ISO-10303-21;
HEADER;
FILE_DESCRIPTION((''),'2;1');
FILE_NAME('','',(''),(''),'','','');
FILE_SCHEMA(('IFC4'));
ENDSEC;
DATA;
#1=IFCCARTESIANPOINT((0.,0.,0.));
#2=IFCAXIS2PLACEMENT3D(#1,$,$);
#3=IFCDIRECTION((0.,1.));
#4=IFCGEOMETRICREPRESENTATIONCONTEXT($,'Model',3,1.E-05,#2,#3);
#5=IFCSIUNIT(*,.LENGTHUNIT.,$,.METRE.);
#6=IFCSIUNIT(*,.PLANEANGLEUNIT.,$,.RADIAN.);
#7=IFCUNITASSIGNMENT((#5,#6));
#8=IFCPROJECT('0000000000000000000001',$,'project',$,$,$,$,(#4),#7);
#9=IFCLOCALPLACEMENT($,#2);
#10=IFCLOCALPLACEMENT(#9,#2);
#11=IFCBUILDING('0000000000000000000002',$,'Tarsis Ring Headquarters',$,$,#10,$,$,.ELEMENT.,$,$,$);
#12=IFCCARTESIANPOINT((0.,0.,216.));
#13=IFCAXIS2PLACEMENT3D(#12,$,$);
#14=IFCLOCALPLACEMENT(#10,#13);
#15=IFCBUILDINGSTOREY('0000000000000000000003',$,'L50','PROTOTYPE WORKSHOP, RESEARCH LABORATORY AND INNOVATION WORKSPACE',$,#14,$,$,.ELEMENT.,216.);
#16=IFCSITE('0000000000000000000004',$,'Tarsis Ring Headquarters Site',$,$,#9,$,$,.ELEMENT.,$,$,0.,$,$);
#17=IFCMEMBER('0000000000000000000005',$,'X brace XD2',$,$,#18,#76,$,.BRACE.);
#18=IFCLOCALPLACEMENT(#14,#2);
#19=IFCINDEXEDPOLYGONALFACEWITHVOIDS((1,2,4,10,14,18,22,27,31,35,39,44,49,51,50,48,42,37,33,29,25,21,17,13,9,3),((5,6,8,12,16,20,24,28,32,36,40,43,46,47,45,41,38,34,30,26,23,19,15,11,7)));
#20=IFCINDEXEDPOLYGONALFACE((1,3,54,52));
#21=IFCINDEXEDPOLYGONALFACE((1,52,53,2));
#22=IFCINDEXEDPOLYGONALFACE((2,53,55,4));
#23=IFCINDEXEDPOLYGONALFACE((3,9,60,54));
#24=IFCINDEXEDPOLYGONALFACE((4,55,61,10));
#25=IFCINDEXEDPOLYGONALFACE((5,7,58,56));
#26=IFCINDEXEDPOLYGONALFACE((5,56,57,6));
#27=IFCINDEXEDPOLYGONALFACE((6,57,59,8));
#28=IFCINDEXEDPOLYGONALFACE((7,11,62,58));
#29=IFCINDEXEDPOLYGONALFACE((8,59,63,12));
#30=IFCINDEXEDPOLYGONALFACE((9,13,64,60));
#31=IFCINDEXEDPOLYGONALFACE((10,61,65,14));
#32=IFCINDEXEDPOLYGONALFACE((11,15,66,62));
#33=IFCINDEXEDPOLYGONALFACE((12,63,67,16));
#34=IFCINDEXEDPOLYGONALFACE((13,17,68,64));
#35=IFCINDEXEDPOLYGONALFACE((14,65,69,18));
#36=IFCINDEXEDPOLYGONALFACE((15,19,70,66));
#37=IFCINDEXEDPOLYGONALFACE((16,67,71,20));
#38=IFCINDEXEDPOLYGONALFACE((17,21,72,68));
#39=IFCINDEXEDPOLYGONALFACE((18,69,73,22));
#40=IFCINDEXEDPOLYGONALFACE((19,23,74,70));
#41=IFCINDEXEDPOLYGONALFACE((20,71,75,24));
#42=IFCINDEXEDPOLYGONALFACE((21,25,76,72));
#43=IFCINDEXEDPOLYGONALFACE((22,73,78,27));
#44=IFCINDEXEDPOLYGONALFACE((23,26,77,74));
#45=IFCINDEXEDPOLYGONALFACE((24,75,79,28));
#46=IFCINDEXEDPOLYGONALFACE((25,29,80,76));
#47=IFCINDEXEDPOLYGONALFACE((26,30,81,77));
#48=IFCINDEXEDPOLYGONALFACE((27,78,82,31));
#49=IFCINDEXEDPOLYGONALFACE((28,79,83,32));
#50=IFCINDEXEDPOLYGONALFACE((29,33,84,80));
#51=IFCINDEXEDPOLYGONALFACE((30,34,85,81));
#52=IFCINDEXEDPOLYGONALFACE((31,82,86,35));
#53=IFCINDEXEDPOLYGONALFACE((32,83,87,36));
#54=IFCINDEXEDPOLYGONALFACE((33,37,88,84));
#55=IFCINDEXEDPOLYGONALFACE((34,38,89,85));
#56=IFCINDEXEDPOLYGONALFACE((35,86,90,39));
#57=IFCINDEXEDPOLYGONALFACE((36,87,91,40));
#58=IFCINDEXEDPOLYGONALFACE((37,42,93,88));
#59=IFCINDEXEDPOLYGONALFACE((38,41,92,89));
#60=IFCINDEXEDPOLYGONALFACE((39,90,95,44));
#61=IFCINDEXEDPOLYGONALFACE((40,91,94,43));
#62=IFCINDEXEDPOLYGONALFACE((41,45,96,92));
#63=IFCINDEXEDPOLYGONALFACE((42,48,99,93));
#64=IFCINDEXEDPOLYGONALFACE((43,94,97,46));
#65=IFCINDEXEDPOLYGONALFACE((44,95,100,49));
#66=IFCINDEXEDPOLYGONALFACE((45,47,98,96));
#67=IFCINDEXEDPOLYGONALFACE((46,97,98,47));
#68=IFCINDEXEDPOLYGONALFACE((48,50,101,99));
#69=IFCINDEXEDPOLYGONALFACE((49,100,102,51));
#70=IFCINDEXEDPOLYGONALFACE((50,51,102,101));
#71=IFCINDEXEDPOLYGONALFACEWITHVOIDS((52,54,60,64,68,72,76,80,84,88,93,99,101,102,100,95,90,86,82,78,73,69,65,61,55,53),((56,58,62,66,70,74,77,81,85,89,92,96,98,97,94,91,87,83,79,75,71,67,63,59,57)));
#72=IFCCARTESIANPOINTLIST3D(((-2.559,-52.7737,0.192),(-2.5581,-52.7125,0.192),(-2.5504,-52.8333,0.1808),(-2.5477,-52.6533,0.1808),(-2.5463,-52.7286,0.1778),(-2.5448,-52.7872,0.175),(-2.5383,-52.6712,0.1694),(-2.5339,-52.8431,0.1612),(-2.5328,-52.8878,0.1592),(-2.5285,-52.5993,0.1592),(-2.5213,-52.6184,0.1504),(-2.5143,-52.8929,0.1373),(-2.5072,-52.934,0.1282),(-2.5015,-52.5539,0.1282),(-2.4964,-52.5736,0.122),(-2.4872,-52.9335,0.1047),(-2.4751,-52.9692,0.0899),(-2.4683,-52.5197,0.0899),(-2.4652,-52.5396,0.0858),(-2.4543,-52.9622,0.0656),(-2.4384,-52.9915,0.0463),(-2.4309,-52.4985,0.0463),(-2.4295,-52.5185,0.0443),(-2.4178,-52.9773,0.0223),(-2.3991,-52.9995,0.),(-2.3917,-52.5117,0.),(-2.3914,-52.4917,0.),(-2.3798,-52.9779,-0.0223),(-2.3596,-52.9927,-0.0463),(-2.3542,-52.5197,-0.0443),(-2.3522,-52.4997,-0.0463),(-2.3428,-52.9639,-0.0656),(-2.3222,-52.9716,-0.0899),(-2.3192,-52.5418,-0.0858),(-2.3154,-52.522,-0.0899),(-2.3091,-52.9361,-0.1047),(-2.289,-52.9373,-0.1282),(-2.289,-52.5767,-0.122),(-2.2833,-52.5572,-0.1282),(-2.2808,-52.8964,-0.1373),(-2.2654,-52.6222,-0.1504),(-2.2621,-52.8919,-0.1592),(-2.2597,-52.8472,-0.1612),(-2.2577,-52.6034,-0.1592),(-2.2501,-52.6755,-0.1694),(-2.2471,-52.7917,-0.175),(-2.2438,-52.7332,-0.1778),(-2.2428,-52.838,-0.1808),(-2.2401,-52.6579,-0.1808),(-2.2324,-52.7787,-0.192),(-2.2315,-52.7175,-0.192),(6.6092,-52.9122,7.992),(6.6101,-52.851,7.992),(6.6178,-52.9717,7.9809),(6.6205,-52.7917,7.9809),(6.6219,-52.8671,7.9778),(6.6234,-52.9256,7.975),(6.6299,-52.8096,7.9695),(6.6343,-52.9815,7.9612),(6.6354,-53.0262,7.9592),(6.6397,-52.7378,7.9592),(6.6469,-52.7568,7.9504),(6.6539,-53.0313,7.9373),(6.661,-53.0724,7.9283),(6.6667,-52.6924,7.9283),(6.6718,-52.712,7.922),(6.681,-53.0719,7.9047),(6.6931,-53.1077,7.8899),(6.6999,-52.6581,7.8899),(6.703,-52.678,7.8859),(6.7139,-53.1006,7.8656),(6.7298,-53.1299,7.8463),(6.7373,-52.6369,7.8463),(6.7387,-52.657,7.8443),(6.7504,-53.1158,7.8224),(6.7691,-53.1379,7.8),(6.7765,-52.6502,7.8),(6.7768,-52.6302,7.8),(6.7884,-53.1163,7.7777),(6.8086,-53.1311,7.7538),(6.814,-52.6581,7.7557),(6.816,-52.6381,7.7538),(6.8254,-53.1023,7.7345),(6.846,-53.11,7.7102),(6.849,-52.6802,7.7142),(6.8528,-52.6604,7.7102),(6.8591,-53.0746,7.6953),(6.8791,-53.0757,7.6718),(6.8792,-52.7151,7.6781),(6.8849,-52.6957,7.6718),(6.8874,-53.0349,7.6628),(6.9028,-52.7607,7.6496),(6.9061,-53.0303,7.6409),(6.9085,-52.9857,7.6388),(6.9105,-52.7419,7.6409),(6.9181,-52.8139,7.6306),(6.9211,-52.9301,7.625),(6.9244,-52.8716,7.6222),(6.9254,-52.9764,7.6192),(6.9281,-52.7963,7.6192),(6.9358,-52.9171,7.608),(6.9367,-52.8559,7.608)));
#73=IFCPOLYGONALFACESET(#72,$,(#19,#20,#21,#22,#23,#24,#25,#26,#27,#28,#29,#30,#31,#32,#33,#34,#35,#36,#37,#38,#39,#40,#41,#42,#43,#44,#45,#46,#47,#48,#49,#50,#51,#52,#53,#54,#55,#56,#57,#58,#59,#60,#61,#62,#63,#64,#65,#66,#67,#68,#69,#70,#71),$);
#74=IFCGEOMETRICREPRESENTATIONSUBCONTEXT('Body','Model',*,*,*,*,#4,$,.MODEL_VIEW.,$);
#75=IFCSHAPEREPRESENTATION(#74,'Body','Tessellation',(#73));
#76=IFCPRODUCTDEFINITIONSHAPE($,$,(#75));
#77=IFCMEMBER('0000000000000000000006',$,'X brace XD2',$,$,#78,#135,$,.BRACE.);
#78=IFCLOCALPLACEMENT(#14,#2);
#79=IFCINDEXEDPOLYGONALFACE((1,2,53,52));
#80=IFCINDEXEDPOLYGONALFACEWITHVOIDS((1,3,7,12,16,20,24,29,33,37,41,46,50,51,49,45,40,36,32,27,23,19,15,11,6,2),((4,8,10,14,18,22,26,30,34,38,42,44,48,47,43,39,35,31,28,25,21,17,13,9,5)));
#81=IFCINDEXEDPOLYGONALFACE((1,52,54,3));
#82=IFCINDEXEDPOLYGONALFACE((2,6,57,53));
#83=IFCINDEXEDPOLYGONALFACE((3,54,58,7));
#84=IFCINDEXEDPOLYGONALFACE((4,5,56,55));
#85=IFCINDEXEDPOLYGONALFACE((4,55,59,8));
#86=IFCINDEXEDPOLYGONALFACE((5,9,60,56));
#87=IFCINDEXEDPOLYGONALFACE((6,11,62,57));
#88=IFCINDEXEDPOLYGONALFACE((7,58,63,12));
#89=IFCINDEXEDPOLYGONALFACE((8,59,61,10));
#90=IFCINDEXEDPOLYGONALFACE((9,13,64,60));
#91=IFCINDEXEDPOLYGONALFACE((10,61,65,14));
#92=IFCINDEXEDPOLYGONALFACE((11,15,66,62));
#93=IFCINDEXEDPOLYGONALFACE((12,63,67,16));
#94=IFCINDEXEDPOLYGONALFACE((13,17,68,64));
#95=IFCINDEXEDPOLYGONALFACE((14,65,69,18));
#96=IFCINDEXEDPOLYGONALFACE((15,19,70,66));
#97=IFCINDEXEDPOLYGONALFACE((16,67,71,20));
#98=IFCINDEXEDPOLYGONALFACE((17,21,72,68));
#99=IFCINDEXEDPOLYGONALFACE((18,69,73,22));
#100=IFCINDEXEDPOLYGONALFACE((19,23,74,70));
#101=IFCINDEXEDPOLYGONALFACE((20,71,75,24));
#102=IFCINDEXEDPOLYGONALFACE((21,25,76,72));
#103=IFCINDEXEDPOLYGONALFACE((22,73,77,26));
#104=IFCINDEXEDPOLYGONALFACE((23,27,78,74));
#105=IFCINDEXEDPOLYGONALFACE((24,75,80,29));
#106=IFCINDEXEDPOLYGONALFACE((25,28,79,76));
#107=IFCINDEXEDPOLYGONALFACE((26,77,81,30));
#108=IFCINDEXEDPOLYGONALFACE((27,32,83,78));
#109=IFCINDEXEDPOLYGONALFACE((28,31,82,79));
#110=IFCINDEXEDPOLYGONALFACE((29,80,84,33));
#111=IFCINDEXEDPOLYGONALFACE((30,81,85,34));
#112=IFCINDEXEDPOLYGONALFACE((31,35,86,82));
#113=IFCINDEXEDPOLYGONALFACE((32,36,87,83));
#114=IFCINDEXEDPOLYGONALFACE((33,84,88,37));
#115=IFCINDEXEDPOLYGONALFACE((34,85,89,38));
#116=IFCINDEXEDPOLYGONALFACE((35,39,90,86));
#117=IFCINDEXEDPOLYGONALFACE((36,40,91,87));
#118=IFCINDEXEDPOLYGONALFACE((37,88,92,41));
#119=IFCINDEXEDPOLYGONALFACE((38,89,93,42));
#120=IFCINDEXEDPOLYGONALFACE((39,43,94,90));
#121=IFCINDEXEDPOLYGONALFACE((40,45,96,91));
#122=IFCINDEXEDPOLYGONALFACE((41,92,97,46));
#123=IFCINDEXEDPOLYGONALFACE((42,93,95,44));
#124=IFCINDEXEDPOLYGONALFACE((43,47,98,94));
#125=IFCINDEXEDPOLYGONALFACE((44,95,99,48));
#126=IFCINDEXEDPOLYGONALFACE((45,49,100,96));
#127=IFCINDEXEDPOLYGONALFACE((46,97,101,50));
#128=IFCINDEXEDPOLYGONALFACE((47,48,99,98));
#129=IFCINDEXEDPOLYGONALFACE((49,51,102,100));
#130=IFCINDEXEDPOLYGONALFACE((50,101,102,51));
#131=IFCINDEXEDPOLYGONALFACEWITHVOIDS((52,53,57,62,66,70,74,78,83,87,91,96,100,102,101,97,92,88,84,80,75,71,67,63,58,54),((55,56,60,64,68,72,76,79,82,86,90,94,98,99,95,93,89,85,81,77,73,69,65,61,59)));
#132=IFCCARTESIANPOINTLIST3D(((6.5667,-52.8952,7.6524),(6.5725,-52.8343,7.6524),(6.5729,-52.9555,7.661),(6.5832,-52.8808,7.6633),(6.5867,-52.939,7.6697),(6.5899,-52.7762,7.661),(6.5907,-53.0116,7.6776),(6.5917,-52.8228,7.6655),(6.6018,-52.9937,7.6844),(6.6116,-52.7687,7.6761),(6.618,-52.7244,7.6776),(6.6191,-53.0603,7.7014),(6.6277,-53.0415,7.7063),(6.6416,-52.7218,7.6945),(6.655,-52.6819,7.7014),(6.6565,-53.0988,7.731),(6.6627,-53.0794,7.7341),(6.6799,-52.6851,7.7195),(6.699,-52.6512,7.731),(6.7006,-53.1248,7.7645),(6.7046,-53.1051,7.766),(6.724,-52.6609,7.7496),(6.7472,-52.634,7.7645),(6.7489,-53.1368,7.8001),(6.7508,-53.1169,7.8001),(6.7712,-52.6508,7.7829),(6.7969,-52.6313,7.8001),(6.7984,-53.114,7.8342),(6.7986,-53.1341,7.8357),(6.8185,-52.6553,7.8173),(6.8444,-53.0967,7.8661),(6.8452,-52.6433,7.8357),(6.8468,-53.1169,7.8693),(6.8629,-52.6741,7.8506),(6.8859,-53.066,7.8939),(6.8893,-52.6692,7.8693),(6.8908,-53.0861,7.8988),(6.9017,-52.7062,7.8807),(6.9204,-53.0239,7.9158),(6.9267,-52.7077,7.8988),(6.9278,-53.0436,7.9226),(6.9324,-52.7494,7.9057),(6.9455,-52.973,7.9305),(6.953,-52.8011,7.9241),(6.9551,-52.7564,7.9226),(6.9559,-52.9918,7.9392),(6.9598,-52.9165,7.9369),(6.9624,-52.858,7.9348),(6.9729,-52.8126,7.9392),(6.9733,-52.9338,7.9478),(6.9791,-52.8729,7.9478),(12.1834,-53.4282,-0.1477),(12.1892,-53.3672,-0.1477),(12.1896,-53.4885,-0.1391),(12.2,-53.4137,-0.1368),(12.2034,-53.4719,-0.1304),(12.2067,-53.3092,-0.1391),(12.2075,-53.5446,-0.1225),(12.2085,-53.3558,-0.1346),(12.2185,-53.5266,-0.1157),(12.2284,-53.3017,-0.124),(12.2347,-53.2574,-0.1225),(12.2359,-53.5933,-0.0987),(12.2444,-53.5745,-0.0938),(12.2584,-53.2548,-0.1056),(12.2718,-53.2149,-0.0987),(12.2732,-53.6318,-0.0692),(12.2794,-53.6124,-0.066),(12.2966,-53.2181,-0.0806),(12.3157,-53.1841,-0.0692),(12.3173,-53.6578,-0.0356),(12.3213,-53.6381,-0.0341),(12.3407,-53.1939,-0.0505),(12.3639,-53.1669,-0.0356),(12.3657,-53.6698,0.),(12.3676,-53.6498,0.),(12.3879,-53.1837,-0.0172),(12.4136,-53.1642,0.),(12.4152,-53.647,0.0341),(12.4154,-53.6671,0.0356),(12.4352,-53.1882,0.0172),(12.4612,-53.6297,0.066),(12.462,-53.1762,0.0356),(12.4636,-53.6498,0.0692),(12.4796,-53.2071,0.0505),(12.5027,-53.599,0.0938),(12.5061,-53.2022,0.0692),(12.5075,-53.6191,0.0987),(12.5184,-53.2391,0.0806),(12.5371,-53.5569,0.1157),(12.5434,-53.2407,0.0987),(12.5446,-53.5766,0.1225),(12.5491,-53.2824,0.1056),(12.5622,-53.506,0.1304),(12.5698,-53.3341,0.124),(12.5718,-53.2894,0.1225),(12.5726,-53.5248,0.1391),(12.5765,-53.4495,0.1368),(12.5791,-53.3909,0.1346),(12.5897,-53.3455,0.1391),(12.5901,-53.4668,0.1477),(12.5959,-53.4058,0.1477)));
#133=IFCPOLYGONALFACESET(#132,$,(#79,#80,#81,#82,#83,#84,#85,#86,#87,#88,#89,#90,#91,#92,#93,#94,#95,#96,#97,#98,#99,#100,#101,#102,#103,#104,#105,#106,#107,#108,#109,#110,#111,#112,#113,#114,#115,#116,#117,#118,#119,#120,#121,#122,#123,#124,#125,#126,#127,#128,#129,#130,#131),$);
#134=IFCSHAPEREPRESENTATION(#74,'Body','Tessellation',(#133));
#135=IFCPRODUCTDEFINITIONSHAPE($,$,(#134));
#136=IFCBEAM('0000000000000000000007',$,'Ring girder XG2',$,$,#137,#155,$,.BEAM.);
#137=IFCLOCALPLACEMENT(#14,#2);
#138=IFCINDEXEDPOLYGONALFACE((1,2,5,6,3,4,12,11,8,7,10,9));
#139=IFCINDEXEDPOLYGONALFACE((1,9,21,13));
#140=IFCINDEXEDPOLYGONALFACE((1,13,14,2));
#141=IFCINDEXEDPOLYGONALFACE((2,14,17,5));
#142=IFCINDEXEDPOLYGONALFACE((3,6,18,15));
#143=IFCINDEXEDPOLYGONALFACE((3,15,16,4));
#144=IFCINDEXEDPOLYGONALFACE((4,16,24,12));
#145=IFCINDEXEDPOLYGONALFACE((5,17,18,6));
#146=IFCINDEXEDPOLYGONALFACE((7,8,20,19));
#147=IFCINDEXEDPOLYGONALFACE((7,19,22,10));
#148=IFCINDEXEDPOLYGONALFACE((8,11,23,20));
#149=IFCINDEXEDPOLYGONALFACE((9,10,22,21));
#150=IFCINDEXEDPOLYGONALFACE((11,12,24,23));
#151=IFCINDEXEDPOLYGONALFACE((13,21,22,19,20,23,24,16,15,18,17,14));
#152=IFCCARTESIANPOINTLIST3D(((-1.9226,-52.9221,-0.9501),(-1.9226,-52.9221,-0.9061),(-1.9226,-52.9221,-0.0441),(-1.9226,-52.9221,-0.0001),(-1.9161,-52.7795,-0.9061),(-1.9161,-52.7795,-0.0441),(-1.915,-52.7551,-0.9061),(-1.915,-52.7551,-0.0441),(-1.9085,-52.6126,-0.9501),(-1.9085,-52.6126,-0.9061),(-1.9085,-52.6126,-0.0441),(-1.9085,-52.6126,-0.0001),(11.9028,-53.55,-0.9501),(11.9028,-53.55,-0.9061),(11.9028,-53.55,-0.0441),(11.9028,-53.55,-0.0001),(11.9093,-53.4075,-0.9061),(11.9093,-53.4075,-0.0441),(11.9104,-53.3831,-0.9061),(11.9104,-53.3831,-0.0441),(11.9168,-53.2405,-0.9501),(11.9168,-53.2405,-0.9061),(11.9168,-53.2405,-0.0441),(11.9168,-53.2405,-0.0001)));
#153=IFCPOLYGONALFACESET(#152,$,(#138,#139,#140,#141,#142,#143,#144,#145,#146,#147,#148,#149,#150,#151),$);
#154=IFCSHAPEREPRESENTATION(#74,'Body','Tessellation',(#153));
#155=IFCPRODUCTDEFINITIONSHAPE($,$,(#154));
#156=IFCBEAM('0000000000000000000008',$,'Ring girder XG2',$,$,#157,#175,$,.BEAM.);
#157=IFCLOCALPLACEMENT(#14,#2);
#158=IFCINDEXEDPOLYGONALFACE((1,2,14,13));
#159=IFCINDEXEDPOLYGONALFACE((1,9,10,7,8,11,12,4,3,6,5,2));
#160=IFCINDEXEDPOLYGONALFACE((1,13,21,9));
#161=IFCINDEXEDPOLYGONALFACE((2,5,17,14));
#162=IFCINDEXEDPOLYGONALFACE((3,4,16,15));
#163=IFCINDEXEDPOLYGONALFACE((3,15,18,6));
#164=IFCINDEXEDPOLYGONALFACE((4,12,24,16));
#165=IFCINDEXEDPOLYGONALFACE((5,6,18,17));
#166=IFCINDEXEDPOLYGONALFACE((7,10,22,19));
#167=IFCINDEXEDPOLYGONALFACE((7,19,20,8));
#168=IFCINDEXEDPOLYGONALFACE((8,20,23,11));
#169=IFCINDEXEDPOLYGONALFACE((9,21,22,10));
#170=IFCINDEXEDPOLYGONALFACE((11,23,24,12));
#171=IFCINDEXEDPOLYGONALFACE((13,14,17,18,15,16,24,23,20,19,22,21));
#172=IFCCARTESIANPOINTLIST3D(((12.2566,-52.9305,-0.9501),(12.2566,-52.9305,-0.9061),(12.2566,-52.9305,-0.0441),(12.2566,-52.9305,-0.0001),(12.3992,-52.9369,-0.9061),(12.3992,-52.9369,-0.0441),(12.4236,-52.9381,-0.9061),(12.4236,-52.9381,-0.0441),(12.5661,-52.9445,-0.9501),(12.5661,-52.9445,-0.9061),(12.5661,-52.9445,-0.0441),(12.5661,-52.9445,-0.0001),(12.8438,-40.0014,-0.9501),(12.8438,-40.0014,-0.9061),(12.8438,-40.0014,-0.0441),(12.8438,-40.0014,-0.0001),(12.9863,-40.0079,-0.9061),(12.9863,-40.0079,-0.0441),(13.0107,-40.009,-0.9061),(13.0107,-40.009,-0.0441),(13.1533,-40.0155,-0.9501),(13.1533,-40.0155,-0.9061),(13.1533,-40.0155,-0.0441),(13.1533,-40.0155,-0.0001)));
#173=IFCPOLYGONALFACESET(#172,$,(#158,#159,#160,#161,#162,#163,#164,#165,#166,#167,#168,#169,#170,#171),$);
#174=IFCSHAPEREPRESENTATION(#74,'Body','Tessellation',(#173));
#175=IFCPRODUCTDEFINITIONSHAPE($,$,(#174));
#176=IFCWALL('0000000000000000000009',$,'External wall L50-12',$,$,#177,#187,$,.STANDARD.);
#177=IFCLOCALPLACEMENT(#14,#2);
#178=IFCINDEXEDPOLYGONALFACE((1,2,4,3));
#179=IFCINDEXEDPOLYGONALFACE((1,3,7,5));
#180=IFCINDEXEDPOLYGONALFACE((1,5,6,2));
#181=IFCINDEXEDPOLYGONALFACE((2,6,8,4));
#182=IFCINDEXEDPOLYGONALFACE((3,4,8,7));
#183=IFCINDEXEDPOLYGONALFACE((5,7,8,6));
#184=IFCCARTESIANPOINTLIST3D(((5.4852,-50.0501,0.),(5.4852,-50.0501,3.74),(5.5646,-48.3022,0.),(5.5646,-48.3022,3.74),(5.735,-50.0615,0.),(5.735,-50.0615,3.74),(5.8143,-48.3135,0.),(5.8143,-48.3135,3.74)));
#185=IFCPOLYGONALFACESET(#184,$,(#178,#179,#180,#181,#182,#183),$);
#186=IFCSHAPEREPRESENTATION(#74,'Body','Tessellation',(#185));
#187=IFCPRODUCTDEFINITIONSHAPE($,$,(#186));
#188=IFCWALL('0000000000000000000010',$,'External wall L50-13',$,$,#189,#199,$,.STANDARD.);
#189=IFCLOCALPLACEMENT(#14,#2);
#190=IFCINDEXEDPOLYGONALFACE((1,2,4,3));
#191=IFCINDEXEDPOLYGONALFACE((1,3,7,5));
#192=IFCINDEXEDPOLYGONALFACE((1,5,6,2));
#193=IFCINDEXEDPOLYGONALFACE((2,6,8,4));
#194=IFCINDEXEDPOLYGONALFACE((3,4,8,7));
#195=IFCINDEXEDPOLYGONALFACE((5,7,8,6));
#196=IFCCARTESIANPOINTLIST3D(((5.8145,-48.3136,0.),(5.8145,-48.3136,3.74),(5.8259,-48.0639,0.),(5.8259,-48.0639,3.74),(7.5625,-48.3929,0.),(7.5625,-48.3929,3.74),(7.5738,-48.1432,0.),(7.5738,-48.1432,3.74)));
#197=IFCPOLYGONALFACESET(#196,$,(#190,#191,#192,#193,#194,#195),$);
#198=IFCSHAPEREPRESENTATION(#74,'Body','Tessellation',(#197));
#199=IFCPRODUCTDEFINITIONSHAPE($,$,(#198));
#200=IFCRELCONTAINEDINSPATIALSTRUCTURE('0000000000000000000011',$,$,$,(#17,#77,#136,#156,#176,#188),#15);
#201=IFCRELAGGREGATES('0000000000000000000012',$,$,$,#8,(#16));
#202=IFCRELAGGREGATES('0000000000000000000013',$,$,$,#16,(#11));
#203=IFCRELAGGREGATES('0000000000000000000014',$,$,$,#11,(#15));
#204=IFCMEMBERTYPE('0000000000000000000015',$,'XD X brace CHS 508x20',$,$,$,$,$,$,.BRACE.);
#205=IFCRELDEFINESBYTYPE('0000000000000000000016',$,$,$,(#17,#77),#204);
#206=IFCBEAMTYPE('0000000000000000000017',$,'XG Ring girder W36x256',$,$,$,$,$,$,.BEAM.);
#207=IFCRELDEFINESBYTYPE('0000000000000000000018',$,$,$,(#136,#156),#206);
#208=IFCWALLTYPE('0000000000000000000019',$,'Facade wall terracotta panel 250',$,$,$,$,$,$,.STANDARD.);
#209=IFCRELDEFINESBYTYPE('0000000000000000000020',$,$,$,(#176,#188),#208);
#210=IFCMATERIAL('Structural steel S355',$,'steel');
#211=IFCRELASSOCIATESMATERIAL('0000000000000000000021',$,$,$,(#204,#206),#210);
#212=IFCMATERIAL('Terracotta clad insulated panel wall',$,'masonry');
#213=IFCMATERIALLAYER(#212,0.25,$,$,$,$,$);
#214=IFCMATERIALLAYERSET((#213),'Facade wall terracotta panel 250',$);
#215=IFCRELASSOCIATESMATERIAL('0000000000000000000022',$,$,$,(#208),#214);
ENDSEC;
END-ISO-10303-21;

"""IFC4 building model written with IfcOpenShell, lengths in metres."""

from ifc_helpers import new_model, si_unit, direction, frame, frame_2d, origin, origin_2d, place, context, subcontext, project, spatial, rectangle, hollow_circle, i_section, extrude, material, layer, layer_set, material_profile, profile_set, type_object, element, save


model = new_model("IFC4")

# Units and contexts
model_context = context("Model", 3, precision=1e-05, world=origin(), true_north=direction((0.0, 1.0)))
body_context = subcontext(model_context, "Body", "Model", "MODEL_VIEW")
ifc_project = project(units=[si_unit("LENGTHUNIT", "METRE"), si_unit("PLANEANGLEUNIT", "RADIAN")], contexts=[model_context])

# Site, building, storey
site_placement = place(None, origin())
site = spatial("IfcSite", under=ifc_project, at=site_placement, Name="Tarsis Ring Headquarters Site", CompositionType="ELEMENT", RefElevation=0.0)
building_placement = place(site_placement, origin())
building = spatial("IfcBuilding", under=site, at=building_placement, Name="Tarsis Ring Headquarters", CompositionType="ELEMENT")
storey_placement = place(building_placement, frame((0.0, 0.0, 216.0)))
storey = spatial("IfcBuildingStorey", under=building, at=storey_placement, Name="L50", Description="PROTOTYPE WORKSHOP, RESEARCH LABORATORY AND INNOVATION WORKSPACE", CompositionType="ELEMENT", Elevation=216.0)

# Shared definitions
ifc_material_1 = material(Name="Structural steel S355", Category="steel")

# Members
ifc_material_profile_1 = material_profile(ifc_material_1, hollow_circle(Radius=0.2539, WallThickness=0.02, at=origin_2d()), Name="CHS 508x20")
ifc_profile_set_1 = profile_set([ifc_material_profile_1], Name="Structural steel S355")
member_type = type_object("IfcMemberType", Name="XD X brace CHS 508x20", PredefinedType="BRACE", material=ifc_profile_set_1)
member_1_placement = place(storey_placement, frame((-2.3953, -52.7456, 0.0), z_axis=(0.761599, -0.011499, 0.647946), x_axis=(0.015097, 0.999886, 0.0)))
element("IfcMember", 1, at=member_1_placement, inside=storey, type_object=member_type, Name="X brace XD2", PredefinedType="BRACE", context=body_context, shape_type="SweptSolid", body=[
    extrude(hollow_circle(Radius=0.2539, WallThickness=0.02, at=origin_2d()), origin(), (0.0, 0.0, 1.0), 12.0381),
])
member_2_placement = place(storey_placement, frame((12.3896, -53.417, 0.0), z_axis=(-0.583454, 0.055363, 0.810257), x_axis=(-0.094464, -0.995528, 0.0)))
element("IfcMember", 2, at=member_2_placement, inside=storey, type_object=member_type, Name="X brace XD2", PredefinedType="BRACE", context=body_context, shape_type="SweptSolid", body=[
    extrude(hollow_circle(Radius=0.2539, WallThickness=0.02, at=origin_2d()), origin(), (0.0, 0.0, 1.0), 9.6267),
])

# Beams
ifc_material_profile_2 = material_profile(ifc_material_1, i_section(OverallWidth=0.3098, OverallDepth=0.95, WebThickness=0.0244, FlangeThickness=0.0439, at=origin_2d()), Name="W36x256")
ifc_profile_set_2 = profile_set([ifc_material_profile_2], Name="Structural steel S355")
beam_type = type_object("IfcBeamType", Name="XG Ring girder W36x256", PredefinedType="BEAM", material=ifc_profile_set_2)
beam_1_placement = place(storey_placement, frame((-1.9155, -52.7673, -0.4751), z_axis=(0.99897, -0.045372, 0.0), x_axis=(0.045372, 0.99897, 0.0)))
element("IfcBeam", 3, at=beam_1_placement, inside=storey, type_object=beam_type, Name="Ring girder XG2", PredefinedType="BEAM", context=body_context, shape_type="SweptSolid", body=[
    extrude(i_section(OverallWidth=0.3098, OverallDepth=0.95, WebThickness=0.0244, FlangeThickness=0.0439, at=origin_2d()), origin(), (0.0, 0.0, 1.0), 13.8396),
])
beam_2_placement = place(storey_placement, frame((12.4114, -52.9375, -0.4751), z_axis=(0.045367, 0.99897, 0.0), x_axis=(-0.99897, 0.045367, 0.0)))
element("IfcBeam", 4, at=beam_2_placement, inside=storey, type_object=beam_type, Name="Ring girder XG2", PredefinedType="BEAM", context=body_context, shape_type="SweptSolid", body=[
    extrude(i_section(OverallWidth=0.3098, OverallDepth=0.95, WebThickness=0.0244, FlangeThickness=0.0439, at=origin_2d()), origin(), (0.0, 0.0, 1.0), 12.9424),
])

# Walls
ifc_material_2 = material(Name="Terracotta clad insulated panel wall", Category="masonry")
ifc_layer = layer(ifc_material_2, 0.25)
ifc_layer_set = layer_set([ifc_layer], Name="Facade wall terracotta panel 250")
wall_type = type_object("IfcWallType", Name="Facade wall terracotta panel 250", PredefinedType="STANDARD", material=ifc_layer_set)
for number, where, z_axis, x_axis, name in (
    (5, (5.6101, -50.0559, 0.0), (0.0, 0.0, 1.0), (0.045344, 0.998971, 0.0), "External wall L50-12"),
    (6, (5.8201, -48.1887, 0.0), (0.0, 0.0, 1.0), (0.998971, -0.045344, 0.0), "External wall L50-13"),
):
    element("IfcWall", number, at=place(storey_placement, frame(where, z_axis=z_axis, x_axis=x_axis)), inside=storey, type_object=wall_type, Name=name, PredefinedType="STANDARD", context=body_context, shape_type="SweptSolid", body=[
        extrude(rectangle(XDim=1.7498, YDim=0.25, at=frame_2d((0.875, 0.0))), origin(), (0.0, 0.0, 1.0), 3.74),
    ])

save(model, "model.ifc")
